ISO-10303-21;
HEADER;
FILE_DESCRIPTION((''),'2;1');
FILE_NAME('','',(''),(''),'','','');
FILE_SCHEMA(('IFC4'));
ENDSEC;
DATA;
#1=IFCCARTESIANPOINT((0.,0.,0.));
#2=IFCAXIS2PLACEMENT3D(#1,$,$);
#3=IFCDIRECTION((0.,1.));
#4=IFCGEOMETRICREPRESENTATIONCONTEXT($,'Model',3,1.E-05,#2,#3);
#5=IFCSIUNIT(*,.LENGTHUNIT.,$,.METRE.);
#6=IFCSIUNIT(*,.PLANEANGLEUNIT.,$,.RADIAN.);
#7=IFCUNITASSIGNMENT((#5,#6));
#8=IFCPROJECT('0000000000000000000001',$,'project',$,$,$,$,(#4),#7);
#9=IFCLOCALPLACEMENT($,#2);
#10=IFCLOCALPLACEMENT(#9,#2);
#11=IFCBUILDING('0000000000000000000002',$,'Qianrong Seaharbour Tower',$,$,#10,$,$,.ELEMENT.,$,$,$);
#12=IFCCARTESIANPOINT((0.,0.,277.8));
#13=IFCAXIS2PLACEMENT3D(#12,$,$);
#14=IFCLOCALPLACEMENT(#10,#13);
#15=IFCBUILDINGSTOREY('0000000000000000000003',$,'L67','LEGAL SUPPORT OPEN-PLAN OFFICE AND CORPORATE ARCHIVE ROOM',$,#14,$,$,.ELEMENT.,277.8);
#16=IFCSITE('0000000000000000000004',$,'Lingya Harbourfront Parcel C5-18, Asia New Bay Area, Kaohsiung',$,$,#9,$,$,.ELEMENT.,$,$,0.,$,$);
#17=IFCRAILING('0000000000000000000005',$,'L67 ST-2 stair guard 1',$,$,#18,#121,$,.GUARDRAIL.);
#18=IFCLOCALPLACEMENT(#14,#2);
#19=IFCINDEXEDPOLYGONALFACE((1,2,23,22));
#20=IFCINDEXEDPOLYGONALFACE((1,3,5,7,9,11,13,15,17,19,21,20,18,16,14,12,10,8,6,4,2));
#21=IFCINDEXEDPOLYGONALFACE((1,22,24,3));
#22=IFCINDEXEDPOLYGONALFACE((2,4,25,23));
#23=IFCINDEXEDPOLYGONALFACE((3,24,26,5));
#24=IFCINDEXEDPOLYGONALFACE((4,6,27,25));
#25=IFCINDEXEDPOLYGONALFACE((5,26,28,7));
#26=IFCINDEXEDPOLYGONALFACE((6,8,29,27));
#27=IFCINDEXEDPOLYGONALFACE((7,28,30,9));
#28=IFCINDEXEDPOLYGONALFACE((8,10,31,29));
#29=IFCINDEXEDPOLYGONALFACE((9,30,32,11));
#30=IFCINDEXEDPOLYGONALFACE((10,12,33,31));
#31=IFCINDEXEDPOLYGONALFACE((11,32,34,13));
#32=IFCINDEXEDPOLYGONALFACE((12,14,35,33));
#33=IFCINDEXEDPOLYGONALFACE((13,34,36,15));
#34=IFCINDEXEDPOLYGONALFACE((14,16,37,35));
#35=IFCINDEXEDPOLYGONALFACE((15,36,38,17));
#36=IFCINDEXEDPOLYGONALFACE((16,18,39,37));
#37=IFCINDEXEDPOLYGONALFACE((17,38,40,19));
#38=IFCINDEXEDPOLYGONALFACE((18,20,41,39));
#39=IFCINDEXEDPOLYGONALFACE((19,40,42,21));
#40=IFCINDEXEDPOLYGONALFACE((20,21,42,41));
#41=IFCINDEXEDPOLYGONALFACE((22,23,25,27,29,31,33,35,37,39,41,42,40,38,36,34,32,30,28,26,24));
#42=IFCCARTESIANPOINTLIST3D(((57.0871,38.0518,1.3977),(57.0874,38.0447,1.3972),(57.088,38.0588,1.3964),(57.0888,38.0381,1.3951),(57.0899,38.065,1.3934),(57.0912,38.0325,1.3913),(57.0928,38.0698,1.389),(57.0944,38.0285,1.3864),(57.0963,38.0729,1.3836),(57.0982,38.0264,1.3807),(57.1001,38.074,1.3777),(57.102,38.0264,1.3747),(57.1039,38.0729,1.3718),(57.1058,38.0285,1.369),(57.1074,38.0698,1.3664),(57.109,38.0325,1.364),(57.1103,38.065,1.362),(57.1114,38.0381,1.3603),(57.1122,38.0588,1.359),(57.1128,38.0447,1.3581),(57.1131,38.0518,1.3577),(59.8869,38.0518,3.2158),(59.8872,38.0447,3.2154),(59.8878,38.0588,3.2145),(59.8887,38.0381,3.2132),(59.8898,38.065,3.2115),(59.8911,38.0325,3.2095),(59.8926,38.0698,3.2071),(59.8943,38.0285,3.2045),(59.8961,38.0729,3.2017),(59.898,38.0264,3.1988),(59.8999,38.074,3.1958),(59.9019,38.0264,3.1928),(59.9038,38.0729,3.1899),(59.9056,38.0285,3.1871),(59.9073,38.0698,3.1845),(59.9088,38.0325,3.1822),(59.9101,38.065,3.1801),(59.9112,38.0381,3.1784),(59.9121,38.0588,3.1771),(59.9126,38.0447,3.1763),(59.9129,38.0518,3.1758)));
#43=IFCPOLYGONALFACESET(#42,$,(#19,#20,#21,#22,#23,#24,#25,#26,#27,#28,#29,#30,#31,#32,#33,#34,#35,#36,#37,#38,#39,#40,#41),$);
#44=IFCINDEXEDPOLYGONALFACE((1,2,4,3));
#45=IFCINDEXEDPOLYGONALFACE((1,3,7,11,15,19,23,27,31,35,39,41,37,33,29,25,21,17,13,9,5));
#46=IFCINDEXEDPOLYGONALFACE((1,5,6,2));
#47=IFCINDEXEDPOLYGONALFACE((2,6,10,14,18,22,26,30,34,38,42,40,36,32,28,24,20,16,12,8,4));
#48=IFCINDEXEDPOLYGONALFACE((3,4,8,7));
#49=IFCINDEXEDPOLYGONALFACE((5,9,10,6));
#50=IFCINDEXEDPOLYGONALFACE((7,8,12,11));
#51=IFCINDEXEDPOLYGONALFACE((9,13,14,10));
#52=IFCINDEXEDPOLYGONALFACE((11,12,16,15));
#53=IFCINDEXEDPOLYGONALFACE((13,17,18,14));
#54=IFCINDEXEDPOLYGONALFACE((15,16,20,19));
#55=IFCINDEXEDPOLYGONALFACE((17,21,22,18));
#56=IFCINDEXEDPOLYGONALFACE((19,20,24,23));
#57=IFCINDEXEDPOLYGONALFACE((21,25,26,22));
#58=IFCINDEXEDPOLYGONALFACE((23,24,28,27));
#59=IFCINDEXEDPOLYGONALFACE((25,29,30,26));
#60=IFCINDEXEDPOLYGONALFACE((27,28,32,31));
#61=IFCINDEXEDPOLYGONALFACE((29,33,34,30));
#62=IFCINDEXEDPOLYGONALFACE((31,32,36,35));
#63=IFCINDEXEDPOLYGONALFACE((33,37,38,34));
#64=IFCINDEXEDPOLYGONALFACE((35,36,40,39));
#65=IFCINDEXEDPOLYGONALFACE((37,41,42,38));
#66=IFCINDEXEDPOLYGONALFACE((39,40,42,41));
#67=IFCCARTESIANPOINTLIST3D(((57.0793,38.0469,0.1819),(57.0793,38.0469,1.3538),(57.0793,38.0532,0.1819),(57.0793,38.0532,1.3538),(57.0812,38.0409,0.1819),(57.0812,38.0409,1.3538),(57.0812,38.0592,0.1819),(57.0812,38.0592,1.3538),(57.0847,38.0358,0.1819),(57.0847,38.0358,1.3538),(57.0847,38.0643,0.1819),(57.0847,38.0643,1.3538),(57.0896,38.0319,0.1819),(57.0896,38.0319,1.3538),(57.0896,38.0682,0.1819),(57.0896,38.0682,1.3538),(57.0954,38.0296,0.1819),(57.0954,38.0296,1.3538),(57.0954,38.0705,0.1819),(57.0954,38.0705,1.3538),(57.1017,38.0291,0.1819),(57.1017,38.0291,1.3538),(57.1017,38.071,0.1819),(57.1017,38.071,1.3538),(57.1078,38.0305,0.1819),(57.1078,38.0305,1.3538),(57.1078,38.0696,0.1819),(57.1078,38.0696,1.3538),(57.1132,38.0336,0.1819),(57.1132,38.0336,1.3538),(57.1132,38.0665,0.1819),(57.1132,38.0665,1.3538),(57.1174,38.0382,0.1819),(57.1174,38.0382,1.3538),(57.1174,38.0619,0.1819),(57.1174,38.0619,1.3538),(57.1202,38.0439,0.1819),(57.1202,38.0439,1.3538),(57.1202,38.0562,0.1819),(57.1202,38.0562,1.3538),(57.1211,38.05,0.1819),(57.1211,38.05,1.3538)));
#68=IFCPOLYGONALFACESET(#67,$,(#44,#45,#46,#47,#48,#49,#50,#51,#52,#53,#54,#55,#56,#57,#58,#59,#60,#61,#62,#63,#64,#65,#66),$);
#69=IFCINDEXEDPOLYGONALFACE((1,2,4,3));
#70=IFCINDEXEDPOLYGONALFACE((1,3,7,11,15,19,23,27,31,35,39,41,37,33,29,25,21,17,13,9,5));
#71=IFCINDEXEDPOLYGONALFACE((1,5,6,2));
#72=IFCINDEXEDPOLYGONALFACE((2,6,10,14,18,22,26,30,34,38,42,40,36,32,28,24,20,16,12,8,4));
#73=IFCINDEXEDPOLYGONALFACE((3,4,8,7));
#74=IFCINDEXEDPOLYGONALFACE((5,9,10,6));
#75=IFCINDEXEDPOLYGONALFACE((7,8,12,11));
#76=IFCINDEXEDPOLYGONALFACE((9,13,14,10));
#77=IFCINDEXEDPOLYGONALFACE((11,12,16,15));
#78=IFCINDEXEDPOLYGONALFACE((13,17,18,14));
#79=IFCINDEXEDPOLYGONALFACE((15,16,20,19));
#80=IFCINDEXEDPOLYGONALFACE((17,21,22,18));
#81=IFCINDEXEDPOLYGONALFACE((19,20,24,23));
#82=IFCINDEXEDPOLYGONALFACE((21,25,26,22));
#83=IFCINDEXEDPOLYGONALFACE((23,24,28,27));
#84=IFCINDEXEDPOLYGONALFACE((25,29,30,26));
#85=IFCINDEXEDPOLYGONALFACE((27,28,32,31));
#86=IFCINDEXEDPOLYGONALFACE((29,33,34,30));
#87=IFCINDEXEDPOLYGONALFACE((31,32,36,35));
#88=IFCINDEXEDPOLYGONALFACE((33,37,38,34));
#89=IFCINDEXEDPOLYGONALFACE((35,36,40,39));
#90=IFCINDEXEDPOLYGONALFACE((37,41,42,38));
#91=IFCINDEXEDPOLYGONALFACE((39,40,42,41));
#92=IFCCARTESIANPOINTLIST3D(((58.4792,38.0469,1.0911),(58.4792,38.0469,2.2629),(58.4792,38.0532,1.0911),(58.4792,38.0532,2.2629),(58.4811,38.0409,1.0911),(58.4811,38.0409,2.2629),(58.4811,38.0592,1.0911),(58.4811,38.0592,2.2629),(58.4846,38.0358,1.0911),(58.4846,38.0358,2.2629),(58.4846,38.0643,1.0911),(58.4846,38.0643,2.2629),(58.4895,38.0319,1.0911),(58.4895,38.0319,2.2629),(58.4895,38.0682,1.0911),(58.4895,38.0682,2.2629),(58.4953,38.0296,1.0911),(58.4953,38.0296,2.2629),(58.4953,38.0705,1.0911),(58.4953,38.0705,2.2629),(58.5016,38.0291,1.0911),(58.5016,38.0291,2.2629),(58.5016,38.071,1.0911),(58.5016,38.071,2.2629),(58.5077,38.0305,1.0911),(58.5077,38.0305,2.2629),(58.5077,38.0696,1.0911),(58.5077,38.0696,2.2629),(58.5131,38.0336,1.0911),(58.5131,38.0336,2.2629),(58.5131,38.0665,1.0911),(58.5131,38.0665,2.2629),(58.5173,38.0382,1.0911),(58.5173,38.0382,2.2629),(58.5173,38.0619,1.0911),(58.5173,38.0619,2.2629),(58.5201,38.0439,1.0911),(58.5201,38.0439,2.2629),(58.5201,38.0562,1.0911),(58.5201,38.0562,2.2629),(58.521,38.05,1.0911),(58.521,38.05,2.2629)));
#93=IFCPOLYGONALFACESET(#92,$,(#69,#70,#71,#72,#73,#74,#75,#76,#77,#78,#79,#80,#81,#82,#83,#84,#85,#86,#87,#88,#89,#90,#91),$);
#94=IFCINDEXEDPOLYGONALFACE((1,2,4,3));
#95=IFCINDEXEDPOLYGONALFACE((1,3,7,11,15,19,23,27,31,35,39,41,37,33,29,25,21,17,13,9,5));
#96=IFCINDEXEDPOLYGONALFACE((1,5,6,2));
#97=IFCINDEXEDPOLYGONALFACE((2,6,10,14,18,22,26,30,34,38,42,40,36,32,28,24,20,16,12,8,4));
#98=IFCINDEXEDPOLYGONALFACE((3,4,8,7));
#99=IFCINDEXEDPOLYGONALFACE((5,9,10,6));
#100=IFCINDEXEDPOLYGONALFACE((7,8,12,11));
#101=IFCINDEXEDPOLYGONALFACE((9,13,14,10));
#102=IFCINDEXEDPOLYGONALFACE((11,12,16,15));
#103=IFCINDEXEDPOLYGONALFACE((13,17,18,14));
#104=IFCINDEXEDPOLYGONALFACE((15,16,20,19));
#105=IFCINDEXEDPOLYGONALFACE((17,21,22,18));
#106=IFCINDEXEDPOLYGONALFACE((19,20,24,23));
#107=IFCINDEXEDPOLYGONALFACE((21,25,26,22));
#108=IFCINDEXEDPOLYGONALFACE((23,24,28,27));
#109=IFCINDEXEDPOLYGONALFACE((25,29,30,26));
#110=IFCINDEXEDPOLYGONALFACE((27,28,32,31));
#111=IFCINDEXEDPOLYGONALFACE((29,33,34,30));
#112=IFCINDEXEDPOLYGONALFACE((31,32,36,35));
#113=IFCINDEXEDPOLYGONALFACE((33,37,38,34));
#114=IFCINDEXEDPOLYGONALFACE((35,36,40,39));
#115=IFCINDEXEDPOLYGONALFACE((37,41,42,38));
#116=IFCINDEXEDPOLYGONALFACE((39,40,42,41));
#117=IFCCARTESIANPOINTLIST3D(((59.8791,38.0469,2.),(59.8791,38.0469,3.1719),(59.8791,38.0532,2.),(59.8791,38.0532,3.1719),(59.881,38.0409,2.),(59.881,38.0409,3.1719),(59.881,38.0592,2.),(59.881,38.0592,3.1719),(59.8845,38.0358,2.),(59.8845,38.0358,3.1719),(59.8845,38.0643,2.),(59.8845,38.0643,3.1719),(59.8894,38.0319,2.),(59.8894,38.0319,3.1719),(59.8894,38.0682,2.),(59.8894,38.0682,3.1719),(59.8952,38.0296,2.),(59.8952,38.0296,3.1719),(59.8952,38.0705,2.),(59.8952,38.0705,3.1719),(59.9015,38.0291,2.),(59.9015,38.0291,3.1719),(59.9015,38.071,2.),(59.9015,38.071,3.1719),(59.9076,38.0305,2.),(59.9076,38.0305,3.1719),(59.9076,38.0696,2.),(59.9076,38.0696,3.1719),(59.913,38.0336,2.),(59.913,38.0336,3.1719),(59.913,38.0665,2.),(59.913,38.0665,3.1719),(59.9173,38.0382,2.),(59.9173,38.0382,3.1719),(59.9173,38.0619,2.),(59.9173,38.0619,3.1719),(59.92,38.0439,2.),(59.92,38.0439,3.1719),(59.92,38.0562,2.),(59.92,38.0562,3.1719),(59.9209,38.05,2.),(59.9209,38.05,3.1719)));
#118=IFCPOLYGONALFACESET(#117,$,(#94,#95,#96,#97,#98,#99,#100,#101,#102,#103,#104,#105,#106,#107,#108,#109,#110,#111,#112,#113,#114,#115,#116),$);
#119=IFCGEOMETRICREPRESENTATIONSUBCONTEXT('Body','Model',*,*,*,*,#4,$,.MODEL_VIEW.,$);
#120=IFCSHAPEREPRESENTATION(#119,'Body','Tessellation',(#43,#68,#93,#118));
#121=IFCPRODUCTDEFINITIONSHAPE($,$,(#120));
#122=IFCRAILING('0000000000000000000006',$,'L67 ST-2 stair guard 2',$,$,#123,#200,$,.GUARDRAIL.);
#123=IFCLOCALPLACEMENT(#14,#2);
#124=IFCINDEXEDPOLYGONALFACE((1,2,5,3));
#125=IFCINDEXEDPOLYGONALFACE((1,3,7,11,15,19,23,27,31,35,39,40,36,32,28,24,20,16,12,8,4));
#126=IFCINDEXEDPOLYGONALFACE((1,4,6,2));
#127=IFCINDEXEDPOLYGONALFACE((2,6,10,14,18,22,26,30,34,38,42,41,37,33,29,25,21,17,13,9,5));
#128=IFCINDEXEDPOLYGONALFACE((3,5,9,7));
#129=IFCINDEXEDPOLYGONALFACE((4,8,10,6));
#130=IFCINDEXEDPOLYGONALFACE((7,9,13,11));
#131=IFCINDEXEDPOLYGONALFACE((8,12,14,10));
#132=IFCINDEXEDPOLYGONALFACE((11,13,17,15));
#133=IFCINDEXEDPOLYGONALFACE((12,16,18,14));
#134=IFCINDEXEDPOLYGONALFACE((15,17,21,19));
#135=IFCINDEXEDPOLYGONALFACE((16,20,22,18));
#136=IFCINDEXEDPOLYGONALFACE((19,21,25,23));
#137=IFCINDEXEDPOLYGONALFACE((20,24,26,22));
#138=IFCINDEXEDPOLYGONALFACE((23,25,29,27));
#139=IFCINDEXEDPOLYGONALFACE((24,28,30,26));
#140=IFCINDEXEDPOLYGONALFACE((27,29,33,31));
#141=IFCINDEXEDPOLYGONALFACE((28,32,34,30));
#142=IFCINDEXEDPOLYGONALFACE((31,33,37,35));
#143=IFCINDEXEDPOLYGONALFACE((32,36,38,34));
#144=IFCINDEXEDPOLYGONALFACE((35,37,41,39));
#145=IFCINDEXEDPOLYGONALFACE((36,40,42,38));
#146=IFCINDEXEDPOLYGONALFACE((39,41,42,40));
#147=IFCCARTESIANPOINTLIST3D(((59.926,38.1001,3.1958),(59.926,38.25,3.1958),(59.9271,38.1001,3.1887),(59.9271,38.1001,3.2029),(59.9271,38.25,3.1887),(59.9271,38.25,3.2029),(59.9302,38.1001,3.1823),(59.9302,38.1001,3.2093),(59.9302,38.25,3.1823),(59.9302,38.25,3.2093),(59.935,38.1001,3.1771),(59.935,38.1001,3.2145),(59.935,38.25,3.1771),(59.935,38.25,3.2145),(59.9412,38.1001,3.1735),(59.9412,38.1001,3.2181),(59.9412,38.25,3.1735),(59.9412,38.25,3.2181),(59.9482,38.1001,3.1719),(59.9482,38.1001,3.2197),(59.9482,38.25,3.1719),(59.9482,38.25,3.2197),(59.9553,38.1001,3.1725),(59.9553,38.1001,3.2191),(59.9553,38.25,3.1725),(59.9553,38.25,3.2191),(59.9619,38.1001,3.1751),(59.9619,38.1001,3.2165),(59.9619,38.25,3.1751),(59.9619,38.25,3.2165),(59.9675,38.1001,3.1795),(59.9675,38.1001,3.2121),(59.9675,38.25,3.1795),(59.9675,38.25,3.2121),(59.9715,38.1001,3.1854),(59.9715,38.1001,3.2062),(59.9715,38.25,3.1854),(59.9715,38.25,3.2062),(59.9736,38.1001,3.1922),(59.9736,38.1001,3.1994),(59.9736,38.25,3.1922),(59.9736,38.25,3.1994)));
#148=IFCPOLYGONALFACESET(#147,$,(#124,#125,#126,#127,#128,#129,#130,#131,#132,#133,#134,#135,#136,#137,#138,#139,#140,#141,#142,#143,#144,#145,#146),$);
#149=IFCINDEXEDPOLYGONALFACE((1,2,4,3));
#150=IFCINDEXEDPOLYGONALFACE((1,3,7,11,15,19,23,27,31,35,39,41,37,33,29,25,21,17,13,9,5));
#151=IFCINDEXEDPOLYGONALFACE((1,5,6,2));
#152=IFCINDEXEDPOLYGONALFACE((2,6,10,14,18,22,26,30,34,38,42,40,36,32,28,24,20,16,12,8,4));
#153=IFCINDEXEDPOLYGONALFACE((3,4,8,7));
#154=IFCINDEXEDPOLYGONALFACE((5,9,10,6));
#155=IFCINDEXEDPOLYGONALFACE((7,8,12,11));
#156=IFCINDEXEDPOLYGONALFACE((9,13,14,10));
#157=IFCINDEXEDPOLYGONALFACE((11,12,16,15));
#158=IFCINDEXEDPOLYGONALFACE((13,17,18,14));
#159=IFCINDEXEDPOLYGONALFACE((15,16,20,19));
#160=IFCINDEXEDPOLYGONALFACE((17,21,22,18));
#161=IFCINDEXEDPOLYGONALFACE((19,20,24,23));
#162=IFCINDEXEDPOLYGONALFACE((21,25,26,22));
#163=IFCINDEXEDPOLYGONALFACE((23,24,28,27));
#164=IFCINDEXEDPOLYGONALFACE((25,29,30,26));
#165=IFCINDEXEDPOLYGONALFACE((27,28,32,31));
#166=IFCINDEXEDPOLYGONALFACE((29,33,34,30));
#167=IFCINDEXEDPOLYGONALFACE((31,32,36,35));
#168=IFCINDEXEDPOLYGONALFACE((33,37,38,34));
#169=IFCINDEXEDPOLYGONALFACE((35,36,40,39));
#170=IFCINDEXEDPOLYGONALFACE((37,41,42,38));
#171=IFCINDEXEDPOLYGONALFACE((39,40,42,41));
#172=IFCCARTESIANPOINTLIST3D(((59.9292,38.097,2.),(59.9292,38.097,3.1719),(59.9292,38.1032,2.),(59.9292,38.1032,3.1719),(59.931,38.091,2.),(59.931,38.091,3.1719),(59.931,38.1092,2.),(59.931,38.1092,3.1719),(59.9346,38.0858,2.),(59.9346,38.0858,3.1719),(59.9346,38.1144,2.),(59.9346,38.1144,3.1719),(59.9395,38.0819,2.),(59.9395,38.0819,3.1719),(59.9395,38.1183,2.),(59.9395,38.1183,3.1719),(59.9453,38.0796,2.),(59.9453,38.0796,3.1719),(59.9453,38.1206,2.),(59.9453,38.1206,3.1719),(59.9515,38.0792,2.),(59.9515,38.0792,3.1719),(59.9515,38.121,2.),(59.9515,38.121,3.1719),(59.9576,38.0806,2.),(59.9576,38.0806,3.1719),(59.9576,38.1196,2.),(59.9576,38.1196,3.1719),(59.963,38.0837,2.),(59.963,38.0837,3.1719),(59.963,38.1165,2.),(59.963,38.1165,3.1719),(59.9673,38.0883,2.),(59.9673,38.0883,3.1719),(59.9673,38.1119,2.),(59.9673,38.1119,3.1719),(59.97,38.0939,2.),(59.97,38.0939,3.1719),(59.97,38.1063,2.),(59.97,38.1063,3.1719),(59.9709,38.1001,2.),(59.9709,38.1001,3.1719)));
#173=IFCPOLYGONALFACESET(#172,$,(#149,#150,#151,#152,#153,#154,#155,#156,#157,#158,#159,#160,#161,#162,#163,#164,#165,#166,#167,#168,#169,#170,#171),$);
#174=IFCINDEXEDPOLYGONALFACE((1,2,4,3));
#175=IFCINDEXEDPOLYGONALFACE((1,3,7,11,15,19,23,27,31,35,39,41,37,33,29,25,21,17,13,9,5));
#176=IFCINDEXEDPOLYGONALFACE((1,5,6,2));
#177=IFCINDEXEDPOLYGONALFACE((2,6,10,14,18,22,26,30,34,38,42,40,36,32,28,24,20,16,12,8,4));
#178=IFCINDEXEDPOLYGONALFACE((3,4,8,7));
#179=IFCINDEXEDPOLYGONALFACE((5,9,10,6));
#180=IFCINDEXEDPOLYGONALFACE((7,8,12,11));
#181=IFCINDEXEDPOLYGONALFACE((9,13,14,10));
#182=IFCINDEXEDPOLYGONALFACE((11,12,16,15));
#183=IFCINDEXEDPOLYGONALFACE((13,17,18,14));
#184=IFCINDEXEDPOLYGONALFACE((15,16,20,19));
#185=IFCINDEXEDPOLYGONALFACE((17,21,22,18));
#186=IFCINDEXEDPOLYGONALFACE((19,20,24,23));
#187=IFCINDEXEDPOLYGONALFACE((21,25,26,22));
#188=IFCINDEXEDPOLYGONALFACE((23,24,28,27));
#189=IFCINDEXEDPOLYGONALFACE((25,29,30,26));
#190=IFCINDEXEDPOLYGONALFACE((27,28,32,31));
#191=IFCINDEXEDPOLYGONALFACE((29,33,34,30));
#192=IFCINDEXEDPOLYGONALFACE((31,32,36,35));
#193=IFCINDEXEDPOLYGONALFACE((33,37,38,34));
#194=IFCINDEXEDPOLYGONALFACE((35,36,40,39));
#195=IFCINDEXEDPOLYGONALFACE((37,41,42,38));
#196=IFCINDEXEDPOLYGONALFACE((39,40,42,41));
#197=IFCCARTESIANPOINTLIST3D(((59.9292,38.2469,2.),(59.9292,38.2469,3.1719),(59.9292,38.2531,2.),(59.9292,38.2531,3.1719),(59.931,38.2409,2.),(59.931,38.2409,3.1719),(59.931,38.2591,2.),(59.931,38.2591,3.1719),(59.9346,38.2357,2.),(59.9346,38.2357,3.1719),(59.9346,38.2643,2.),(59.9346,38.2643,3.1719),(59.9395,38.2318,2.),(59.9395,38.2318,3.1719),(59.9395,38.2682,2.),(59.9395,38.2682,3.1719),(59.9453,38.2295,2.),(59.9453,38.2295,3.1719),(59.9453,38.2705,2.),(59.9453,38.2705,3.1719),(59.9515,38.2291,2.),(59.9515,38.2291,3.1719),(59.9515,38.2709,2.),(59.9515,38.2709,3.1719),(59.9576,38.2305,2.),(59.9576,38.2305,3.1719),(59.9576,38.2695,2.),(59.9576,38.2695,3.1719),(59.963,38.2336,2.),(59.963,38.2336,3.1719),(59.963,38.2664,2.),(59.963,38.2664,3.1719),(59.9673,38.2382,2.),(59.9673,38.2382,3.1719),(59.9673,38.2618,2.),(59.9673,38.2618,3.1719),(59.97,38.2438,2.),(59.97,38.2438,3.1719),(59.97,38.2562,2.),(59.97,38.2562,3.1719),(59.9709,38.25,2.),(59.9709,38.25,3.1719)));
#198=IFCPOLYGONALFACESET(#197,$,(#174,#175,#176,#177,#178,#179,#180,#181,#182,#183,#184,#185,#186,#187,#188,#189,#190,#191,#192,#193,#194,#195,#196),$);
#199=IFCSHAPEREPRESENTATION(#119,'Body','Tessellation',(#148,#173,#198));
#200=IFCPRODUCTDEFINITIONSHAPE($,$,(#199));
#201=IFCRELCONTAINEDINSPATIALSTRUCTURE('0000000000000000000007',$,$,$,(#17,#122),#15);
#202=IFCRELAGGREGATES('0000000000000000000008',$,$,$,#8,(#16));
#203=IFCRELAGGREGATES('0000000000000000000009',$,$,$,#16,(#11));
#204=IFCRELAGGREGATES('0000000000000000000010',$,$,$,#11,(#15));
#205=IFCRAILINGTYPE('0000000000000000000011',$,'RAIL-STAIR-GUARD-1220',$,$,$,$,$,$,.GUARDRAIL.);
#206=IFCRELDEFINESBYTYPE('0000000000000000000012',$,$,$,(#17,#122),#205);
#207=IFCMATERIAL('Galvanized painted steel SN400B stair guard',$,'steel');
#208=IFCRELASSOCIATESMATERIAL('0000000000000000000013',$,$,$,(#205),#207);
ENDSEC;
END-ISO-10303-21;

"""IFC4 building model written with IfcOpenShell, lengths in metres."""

from ifc_helpers import new_model, si_unit, direction, frame, origin, origin_2d, place, context, subcontext, project, spatial, circle, extrude, material, type_object, element, save


model = new_model("IFC4")

# Units and contexts
model_context = context("Model", 3, precision=1e-05, world=origin(), true_north=direction((0.0, 1.0)))
body_context = subcontext(model_context, "Body", "Model", "MODEL_VIEW")
ifc_project = project(units=[si_unit("LENGTHUNIT", "METRE"), si_unit("PLANEANGLEUNIT", "RADIAN")], contexts=[model_context])

# Site, building, storey
site_placement = place(None, origin())
site = spatial("IfcSite", under=ifc_project, at=site_placement, Name="Lingya Harbourfront Parcel C5-18, Asia New Bay Area, Kaohsiung", CompositionType="ELEMENT", RefElevation=0.0)
building_placement = place(site_placement, origin())
building = spatial("IfcBuilding", under=site, at=building_placement, Name="Qianrong Seaharbour Tower", CompositionType="ELEMENT")
storey_placement = place(building_placement, frame((0.0, 0.0, 277.8)))
storey = spatial("IfcBuildingStorey", under=building, at=storey_placement, Name="L67", Description="LEGAL SUPPORT OPEN-PLAN OFFICE AND CORPORATE ARCHIVE ROOM", CompositionType="ELEMENT", Elevation=277.8)

# Railings
ifc_material_1 = material(Name="Galvanized painted steel SN400B stair guard", Category="steel")
railing_type_1 = type_object("IfcRailingType", Name="RAIL-STAIR-GUARD-1220", PredefinedType="GUARDRAIL", material=ifc_material_1)
railing_1_placement = place(storey_placement, frame((57.1001, 38.05, 0.1819)))
element("IfcRailing", 1, at=railing_1_placement, inside=storey, type_object=railing_type_1, Name="L67 ST-2 stair guard 1", PredefinedType="GUARDRAIL", context=body_context, shape_type="SweptSolid", body=[
    extrude(circle(Radius=0.0239, at=origin_2d()), frame((0.0, 0.0, 1.1958), z_axis=(0.838684, 0.0, 0.544618), x_axis=(0.0, 1.0, 0.0)), (0.0, 0.0, 1.0), 3.3384),
    extrude(circle(Radius=0.021, at=origin_2d()), origin(), (0.0, 0.0, 1.0), 1.1719),
    extrude(circle(Radius=0.021, at=origin_2d()), frame((1.3999, 0.0, 0.9092)), (0.0, 0.0, 1.0), 1.1719),
    extrude(circle(Radius=0.021, at=origin_2d()), frame((2.7998, 0.0, 1.8181)), (0.0, 0.0, 1.0), 1.1719),
])
railing_2_placement = place(storey_placement, frame((59.95, 38.1001, 2.0)))
element("IfcRailing", 2, at=railing_2_placement, inside=storey, type_object=railing_type_1, Name="L67 ST-2 stair guard 2", PredefinedType="GUARDRAIL", context=body_context, shape_type="SweptSolid", body=[
    extrude(circle(Radius=0.0239, at=origin_2d()), frame((0.0, 0.0, 1.1958), z_axis=(0.0, 1.0, 0.0), x_axis=(-1.0, 0.0, 0.0)), (0.0, 0.0, 1.0), 0.1499),
    extrude(circle(Radius=0.021, at=origin_2d()), origin(), (0.0, 0.0, 1.0), 1.1719),
    extrude(circle(Radius=0.021, at=origin_2d()), frame((0.0, 0.1499, 0.0)), (0.0, 0.0, 1.0), 1.1719),
])

save(model, "model.ifc")
